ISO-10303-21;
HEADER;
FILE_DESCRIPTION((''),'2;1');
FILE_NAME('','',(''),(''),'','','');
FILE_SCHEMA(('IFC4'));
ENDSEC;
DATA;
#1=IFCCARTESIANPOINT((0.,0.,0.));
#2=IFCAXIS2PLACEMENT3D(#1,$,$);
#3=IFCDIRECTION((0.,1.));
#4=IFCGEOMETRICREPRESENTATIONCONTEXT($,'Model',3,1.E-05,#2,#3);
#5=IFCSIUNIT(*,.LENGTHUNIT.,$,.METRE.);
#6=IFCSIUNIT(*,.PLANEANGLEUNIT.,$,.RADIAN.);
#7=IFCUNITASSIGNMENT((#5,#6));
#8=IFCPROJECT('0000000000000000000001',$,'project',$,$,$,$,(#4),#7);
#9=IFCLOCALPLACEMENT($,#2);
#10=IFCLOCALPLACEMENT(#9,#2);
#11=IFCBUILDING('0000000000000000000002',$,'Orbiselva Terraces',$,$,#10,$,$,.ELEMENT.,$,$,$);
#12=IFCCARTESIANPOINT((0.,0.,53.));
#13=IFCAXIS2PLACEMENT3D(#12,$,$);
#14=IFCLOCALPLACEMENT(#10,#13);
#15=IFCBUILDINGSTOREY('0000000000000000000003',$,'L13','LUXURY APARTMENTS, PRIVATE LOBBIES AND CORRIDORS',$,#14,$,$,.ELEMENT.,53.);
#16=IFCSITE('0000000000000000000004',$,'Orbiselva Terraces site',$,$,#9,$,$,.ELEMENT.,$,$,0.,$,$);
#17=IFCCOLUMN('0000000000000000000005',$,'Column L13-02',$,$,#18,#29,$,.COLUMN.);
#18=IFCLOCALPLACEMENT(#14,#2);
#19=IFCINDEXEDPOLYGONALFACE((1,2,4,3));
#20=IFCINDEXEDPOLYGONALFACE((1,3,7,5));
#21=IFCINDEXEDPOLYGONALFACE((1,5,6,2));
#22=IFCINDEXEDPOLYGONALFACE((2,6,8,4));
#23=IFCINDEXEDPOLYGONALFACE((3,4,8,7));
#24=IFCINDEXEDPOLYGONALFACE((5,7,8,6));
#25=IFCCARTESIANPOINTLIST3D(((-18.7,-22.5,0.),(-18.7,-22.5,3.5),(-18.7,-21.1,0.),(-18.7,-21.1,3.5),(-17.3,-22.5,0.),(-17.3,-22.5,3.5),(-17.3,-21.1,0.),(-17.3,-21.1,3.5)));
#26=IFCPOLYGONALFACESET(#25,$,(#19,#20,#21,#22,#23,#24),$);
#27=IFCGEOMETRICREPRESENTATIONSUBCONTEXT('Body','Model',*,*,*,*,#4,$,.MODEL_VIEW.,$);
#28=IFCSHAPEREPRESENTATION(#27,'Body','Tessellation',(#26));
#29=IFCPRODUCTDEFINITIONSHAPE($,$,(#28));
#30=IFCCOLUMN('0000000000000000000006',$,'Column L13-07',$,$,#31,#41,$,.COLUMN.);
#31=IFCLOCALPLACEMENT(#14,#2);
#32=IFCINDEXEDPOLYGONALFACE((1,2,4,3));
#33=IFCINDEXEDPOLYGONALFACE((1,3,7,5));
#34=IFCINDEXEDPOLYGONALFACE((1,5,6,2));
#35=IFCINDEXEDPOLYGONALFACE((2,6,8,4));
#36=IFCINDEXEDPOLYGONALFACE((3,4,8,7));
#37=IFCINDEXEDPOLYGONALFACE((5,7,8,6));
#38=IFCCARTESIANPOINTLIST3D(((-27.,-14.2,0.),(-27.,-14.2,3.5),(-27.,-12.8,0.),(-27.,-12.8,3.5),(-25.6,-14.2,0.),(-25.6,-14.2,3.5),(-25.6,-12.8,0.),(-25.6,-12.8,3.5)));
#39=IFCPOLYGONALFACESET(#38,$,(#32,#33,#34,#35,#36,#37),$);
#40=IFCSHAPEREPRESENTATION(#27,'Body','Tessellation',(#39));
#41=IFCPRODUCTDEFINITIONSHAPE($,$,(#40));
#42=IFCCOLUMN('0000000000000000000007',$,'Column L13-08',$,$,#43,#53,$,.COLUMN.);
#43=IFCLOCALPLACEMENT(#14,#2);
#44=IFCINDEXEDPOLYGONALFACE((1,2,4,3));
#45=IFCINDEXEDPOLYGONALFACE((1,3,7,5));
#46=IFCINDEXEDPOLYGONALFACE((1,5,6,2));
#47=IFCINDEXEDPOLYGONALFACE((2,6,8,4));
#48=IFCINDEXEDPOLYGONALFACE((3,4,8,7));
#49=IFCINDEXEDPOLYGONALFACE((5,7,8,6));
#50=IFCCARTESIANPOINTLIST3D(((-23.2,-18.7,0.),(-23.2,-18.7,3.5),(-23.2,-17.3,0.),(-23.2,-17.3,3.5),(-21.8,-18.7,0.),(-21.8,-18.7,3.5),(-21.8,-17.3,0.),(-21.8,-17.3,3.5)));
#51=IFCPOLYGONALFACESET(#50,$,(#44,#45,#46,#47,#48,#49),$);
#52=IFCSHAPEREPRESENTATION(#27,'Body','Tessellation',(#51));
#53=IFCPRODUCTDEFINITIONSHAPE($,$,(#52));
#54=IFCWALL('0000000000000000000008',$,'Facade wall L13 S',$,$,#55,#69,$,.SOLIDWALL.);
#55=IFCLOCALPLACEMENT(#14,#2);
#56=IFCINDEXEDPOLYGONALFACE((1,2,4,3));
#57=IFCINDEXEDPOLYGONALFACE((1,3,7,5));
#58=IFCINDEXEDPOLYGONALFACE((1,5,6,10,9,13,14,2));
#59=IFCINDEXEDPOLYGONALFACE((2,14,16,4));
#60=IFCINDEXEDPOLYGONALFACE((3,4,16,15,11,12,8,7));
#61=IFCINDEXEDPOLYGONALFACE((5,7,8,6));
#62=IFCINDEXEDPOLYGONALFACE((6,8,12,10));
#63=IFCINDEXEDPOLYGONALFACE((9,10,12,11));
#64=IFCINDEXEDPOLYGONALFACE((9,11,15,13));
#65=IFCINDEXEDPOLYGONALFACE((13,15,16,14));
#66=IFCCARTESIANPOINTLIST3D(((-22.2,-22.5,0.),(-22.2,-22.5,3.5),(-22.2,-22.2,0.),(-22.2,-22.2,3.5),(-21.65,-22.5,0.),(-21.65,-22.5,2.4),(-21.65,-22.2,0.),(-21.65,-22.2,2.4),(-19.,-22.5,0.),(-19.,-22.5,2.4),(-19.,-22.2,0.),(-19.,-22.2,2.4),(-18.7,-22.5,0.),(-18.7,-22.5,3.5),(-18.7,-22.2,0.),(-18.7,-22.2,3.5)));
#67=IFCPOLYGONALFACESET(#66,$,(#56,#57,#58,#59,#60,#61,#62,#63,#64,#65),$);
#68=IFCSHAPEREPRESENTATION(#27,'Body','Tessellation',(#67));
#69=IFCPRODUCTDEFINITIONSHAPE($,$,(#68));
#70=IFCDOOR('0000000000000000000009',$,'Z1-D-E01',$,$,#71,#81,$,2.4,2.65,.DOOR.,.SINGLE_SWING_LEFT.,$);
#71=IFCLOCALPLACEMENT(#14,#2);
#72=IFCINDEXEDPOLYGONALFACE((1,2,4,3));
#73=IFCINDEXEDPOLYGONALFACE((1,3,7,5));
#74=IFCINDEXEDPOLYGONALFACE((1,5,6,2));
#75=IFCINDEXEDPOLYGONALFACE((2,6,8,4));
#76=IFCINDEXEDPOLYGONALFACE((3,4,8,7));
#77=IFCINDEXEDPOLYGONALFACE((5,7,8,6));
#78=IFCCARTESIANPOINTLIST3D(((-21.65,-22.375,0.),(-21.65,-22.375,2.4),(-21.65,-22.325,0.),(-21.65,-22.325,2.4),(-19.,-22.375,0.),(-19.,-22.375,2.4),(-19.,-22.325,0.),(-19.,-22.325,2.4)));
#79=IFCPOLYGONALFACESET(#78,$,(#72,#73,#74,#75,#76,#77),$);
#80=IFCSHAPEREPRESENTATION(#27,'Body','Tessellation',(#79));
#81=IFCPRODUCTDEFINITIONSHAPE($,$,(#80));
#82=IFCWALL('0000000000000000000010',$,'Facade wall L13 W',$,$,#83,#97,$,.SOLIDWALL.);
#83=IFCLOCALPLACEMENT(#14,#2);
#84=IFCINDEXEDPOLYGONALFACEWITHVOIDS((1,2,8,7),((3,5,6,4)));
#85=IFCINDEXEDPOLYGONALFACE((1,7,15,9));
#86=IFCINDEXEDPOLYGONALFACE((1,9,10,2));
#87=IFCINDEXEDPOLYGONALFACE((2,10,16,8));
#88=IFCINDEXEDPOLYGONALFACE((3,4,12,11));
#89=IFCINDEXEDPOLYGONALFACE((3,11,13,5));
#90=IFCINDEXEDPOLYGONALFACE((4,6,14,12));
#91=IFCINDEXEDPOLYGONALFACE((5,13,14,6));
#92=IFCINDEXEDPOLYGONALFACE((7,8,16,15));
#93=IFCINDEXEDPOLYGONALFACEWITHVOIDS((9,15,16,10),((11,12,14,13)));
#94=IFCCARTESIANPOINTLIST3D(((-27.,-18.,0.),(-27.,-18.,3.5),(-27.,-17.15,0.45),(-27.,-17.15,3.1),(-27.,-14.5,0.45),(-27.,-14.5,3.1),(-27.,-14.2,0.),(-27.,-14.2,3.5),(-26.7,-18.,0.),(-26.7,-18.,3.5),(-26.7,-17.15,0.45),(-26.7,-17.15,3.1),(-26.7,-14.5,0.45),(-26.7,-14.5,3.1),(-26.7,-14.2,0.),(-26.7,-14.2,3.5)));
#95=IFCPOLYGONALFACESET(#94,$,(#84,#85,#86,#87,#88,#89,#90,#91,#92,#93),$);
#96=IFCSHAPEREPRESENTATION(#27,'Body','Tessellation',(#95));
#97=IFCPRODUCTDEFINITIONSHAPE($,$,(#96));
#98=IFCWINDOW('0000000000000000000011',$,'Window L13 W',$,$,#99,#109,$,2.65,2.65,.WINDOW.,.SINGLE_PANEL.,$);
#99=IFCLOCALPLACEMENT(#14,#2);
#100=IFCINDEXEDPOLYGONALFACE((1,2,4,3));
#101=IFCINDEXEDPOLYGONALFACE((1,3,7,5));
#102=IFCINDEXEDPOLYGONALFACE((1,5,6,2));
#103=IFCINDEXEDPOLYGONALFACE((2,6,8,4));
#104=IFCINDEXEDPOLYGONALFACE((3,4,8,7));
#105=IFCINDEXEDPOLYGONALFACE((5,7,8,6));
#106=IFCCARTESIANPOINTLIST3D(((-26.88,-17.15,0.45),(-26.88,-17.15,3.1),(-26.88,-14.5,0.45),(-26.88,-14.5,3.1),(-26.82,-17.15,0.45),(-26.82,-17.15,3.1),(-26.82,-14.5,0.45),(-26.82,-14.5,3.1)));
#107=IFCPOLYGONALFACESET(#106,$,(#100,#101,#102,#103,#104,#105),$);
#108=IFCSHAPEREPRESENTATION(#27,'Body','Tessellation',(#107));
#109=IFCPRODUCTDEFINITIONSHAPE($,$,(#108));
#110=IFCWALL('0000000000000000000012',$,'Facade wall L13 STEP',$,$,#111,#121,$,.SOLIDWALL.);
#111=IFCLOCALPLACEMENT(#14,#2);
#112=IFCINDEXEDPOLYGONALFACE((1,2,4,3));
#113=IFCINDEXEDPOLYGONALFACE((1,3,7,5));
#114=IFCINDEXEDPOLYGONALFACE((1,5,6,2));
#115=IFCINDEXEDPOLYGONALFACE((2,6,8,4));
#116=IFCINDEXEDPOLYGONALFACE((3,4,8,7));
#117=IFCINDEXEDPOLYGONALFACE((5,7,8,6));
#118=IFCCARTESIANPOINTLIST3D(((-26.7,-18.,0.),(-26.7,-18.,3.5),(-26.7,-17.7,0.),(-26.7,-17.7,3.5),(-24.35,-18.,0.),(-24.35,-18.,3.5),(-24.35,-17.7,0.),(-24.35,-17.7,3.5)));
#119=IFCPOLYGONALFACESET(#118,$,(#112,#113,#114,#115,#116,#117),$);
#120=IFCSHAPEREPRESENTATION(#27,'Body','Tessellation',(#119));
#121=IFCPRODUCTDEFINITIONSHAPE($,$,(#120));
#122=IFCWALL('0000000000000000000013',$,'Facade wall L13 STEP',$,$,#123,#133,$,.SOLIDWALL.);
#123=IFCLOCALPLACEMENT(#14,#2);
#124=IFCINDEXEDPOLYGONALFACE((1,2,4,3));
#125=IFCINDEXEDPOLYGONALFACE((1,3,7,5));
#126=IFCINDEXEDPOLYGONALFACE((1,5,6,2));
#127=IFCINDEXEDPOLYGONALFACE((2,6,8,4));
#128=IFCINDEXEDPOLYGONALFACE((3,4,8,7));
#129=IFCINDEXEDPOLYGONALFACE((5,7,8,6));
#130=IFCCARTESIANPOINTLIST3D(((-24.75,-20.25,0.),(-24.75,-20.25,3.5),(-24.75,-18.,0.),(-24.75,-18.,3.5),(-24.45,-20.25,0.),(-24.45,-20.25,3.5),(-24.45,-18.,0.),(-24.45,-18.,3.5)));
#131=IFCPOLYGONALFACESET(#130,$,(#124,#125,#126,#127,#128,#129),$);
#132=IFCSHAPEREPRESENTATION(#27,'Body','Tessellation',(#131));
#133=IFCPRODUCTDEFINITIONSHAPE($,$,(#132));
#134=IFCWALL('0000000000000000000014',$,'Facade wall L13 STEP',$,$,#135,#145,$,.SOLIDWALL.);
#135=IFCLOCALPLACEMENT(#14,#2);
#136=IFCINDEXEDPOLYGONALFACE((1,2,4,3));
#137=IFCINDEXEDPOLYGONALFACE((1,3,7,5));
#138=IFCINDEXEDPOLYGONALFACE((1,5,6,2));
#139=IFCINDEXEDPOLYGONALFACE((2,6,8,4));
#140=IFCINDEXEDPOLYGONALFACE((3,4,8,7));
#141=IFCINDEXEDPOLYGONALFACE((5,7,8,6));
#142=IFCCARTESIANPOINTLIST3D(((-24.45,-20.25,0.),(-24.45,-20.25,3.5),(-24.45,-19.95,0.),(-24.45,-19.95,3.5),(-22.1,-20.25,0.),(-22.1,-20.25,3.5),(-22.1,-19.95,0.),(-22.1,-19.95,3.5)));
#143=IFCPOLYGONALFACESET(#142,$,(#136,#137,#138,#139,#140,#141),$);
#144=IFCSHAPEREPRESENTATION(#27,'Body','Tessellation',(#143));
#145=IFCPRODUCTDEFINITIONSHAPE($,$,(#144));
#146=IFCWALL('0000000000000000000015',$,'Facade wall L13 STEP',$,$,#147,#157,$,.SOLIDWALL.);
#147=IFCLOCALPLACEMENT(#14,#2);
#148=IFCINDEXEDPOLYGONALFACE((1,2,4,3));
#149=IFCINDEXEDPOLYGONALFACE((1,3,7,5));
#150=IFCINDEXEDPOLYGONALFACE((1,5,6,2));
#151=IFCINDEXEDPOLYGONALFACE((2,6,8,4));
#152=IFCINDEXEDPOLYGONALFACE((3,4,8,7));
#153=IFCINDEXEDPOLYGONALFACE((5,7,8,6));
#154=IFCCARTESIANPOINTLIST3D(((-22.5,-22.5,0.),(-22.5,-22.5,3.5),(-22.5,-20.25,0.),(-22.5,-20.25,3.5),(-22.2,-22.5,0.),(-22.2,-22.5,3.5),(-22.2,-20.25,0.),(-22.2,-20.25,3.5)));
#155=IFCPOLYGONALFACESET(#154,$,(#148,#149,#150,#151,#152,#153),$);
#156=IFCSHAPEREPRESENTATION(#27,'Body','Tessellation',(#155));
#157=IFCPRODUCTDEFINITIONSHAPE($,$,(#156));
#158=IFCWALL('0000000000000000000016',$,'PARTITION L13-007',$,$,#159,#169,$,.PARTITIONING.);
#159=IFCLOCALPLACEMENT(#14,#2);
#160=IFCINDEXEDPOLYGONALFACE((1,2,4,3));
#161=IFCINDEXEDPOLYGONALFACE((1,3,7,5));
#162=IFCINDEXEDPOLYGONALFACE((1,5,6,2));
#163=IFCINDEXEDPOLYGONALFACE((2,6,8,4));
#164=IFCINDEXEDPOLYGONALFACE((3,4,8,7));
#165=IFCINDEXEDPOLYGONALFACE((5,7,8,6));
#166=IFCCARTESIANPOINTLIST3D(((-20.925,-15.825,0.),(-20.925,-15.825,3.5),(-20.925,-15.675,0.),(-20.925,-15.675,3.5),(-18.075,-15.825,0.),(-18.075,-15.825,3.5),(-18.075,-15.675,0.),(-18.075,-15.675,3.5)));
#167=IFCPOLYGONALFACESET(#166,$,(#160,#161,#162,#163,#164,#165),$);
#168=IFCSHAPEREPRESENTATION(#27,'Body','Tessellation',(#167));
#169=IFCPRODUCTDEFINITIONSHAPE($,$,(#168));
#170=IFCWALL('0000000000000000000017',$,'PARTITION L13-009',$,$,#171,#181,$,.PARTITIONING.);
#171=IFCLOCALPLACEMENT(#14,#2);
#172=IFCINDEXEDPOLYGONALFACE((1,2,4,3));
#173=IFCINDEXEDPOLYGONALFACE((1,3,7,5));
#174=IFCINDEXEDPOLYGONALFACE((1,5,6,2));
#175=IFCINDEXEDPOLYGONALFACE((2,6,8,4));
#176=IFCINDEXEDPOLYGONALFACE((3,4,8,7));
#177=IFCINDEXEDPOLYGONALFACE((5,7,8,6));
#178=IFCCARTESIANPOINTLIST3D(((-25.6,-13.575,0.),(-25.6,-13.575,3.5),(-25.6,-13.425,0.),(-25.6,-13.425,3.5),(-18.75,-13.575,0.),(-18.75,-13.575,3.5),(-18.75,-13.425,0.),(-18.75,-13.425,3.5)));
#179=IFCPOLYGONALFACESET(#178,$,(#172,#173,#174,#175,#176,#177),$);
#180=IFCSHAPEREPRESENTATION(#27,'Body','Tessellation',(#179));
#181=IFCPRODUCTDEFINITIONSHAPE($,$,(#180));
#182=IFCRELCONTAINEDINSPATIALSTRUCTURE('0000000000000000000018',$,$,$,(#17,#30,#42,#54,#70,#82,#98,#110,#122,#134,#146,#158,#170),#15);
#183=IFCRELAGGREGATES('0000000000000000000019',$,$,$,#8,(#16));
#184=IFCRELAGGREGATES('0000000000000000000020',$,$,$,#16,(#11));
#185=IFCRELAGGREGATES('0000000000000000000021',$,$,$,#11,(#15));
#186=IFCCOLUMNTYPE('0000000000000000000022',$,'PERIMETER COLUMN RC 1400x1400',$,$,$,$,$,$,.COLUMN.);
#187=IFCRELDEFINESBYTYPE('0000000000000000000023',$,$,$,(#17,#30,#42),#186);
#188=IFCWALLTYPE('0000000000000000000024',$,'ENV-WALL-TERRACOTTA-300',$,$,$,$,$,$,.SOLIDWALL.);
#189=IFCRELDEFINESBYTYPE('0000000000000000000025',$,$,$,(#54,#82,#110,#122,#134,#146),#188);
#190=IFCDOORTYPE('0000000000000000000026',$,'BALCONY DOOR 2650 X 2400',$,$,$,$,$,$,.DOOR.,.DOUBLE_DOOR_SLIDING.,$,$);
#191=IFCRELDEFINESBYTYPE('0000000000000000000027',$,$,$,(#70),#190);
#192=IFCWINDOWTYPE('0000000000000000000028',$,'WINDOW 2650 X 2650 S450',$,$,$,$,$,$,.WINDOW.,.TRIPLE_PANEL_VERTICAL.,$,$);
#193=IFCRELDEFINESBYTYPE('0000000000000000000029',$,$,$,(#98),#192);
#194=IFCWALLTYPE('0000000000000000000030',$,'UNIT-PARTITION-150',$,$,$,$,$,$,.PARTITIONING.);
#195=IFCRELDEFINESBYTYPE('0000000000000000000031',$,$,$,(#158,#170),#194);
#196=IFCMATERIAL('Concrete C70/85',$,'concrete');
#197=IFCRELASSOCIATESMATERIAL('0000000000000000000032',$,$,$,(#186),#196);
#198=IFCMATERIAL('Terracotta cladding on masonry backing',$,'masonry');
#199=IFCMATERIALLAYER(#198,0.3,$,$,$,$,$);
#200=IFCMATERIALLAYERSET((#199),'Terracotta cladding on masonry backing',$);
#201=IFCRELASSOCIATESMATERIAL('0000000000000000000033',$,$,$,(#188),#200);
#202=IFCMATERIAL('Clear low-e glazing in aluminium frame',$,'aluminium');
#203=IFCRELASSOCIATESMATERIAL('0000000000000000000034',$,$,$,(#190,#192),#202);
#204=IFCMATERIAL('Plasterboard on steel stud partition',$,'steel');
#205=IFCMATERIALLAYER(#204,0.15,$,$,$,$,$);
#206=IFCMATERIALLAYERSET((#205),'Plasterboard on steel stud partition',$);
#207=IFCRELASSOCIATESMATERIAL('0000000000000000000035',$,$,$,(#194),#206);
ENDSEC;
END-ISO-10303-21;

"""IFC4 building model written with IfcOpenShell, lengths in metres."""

from ifc_helpers import new_model, si_unit, direction, frame, frame_2d, origin, origin_2d, place, context, subcontext, project, spatial, rectangle, extrude, material, layer, layer_set, material_profile, profile_set, type_object, element, fill, save


model = new_model("IFC4")

# Units and contexts
model_context = context("Model", 3, precision=1e-05, world=origin(), true_north=direction((0.0, 1.0)))
body_context = subcontext(model_context, "Body", "Model", "MODEL_VIEW")
ifc_project = project(units=[si_unit("LENGTHUNIT", "METRE"), si_unit("PLANEANGLEUNIT", "RADIAN")], contexts=[model_context])

# Site, building, storey
site_placement = place(None, origin())
site = spatial("IfcSite", under=ifc_project, at=site_placement, Name="Orbiselva Terraces site", CompositionType="ELEMENT", RefElevation=0.0)
building_placement = place(site_placement, origin())
building = spatial("IfcBuilding", under=site, at=building_placement, Name="Orbiselva Terraces", CompositionType="ELEMENT")
storey_placement = place(building_placement, frame((0.0, 0.0, 53.0)))
storey = spatial("IfcBuildingStorey", under=building, at=storey_placement, Name="L13", Description="LUXURY APARTMENTS, PRIVATE LOBBIES AND CORRIDORS", CompositionType="ELEMENT", Elevation=53.0)

# Columns
ifc_material_1 = material(Name="Concrete C70/85", Category="concrete")
ifc_material_profile = material_profile(ifc_material_1, rectangle(XDim=1.4, YDim=1.4, at=origin_2d()), Name="RC 1400x1400")
ifc_profile_set = profile_set([ifc_material_profile], Name="Concrete C70/85")
column_type = type_object("IfcColumnType", Name="PERIMETER COLUMN RC 1400x1400", PredefinedType="COLUMN", material=ifc_profile_set)
for number, where, z_axis, x_axis, name in (
    (1, (-18.0, -21.8, 0.0), (0.0, 0.0, 1.0), (1.0, 0.0, 0.0), "Column L13-02"),
    (2, (-26.3, -13.5, 0.0), (0.0, 0.0, 1.0), (1.0, 0.0, 0.0), "Column L13-07"),
    (3, (-22.5, -18.0, 0.0), (0.0, 0.0, 1.0), (1.0, 0.0, 0.0), "Column L13-08"),
):
    element("IfcColumn", number, at=place(storey_placement, frame(where, z_axis=z_axis, x_axis=x_axis)), inside=storey, type_object=column_type, Name=name, PredefinedType="COLUMN", context=body_context, shape_type="SweptSolid", body=[
        extrude(rectangle(XDim=1.4, YDim=1.4, at=origin_2d()), origin(), (0.0, 0.0, 1.0), 3.5),
    ])

# Wall, opening, door
ifc_material_2 = material(Name="Terracotta cladding on masonry backing", Category="masonry")
ifc_layer_1 = layer(ifc_material_2, 0.3)
ifc_layer_set_1 = layer_set([ifc_layer_1], Name="Terracotta cladding on masonry backing")
wall_type_1 = type_object("IfcWallType", Name="ENV-WALL-TERRACOTTA-300", PredefinedType="SOLIDWALL", material=ifc_layer_set_1)
wall_1_placement = place(storey_placement, frame((-18.7, -22.35, 0.0), z_axis=(0.0, 0.0, 1.0), x_axis=(-1.0, 0.0, 0.0)))
wall_1 = element("IfcWall", 4, at=wall_1_placement, inside=storey, type_object=wall_type_1, Name="Facade wall L13 S", PredefinedType="SOLIDWALL", context=body_context, shape_type="SweptSolid", body=[
    extrude(rectangle(XDim=3.5, YDim=0.3, at=frame_2d((1.75, 0.0))), origin(), (0.0, 0.0, 1.0), 3.5),
])
opening_1_placement = place(wall_1_placement, frame((0.3, 0.0, 0.0)))
opening_1 = element("IfcOpeningElement", 5, at=opening_1_placement, cuts=wall_1, PredefinedType="OPENING", context=body_context, shape_type="SweptSolid", body=[
    extrude(rectangle(XDim=2.65, YDim=2.4, at=frame_2d((1.325, 1.2))), frame((0.0, 0.16, 0.0), z_axis=(0.0, -1.0, 0.0), x_axis=(1.0, 0.0, 0.0)), (0.0, 0.0, 1.0), 0.32),
])
ifc_material_3 = material(Name="Clear low-e glazing in aluminium frame", Category="aluminium")
door_type_1 = type_object("IfcDoorType", Name="BALCONY DOOR 2650 X 2400", OperationType="DOUBLE_DOOR_SLIDING", PredefinedType="DOOR", material=ifc_material_3)
door_1_placement = place(opening_1_placement, origin())
door_1 = element("IfcDoor", 6, at=door_1_placement, inside=storey, type_object=door_type_1, Name="Z1-D-E01", OperationType="SINGLE_SWING_LEFT", OverallHeight=2.4, OverallWidth=2.65, PredefinedType="DOOR", context=body_context, shape_type="SweptSolid", body=[
    extrude(rectangle(XDim=2.65, YDim=2.4, at=frame_2d((1.325, 1.2))), frame((0.0, 0.025, 0.0), z_axis=(0.0, -1.0, 0.0), x_axis=(1.0, 0.0, 0.0)), (0.0, 0.0, 1.0), 0.05),
])
fill(opening_1, door_1)

# Wall, opening, window
wall_2_placement = place(storey_placement, frame((-26.85, -18.0, 0.0), z_axis=(0.0, 0.0, 1.0), x_axis=(0.0, 1.0, 0.0)))
wall_2 = element("IfcWall", 7, at=wall_2_placement, inside=storey, type_object=wall_type_1, Name="Facade wall L13 W", PredefinedType="SOLIDWALL", context=body_context, shape_type="SweptSolid", body=[
    extrude(rectangle(XDim=3.8, YDim=0.3, at=frame_2d((1.9, 0.0))), origin(), (0.0, 0.0, 1.0), 3.5),
])
opening_2_placement = place(wall_2_placement, frame((0.85, 0.0, 0.45)))
opening_2 = element("IfcOpeningElement", 8, at=opening_2_placement, cuts=wall_2, PredefinedType="OPENING", context=body_context, shape_type="SweptSolid", body=[
    extrude(rectangle(XDim=2.65, YDim=2.65, at=frame_2d((1.325, 1.325))), frame((0.0, 0.16, 0.0), z_axis=(0.0, -1.0, 0.0), x_axis=(1.0, 0.0, 0.0)), (0.0, 0.0, 1.0), 0.32),
])
window_type = type_object("IfcWindowType", Name="WINDOW 2650 X 2650 S450", PartitioningType="TRIPLE_PANEL_VERTICAL", PredefinedType="WINDOW", material=ifc_material_3)
window_placement = place(opening_2_placement, origin())
window = element("IfcWindow", 9, at=window_placement, inside=storey, type_object=window_type, Name="Window L13 W", OverallHeight=2.65, OverallWidth=2.65, PartitioningType="SINGLE_PANEL", PredefinedType="WINDOW", context=body_context, shape_type="SweptSolid", body=[
    extrude(rectangle(XDim=2.65, YDim=2.65, at=frame_2d((1.325, 1.325))), frame((0.0, 0.03, 0.0), z_axis=(0.0, -1.0, 0.0), x_axis=(1.0, 0.0, 0.0)), (0.0, 0.0, 1.0), 0.06),
])
fill(opening_2, window)

# Walls
wall_3_placement = place(storey_placement, frame((-24.35, -17.85, 0.0), z_axis=(0.0, 0.0, 1.0), x_axis=(-1.0, 0.0, 0.0)))
element("IfcWall", 10, at=wall_3_placement, inside=storey, type_object=wall_type_1, Name="Facade wall L13 STEP", PredefinedType="SOLIDWALL", context=body_context, shape_type="SweptSolid", body=[
    extrude(rectangle(XDim=2.35, YDim=0.3, at=frame_2d((1.175, 0.0))), origin(), (0.0, 0.0, 1.0), 3.5),
])
wall_4_placement = place(storey_placement, frame((-24.6, -20.25, 0.0), z_axis=(0.0, 0.0, 1.0), x_axis=(0.0, 1.0, 0.0)))
element("IfcWall", 11, at=wall_4_placement, inside=storey, type_object=wall_type_1, Name="Facade wall L13 STEP", PredefinedType="SOLIDWALL", context=body_context, shape_type="SweptSolid", body=[
    extrude(rectangle(XDim=2.25, YDim=0.3, at=frame_2d((1.125, 0.0))), origin(), (0.0, 0.0, 1.0), 3.5),
])
wall_5_placement = place(storey_placement, frame((-22.1, -20.1, 0.0), z_axis=(0.0, 0.0, 1.0), x_axis=(-1.0, 0.0, 0.0)))
element("IfcWall", 12, at=wall_5_placement, inside=storey, type_object=wall_type_1, Name="Facade wall L13 STEP", PredefinedType="SOLIDWALL", context=body_context, shape_type="SweptSolid", body=[
    extrude(rectangle(XDim=2.35, YDim=0.3, at=frame_2d((1.175, 0.0))), origin(), (0.0, 0.0, 1.0), 3.5),
])
wall_6_placement = place(storey_placement, frame((-22.35, -22.5, 0.0), z_axis=(0.0, 0.0, 1.0), x_axis=(0.0, 1.0, 0.0)))
element("IfcWall", 13, at=wall_6_placement, inside=storey, type_object=wall_type_1, Name="Facade wall L13 STEP", PredefinedType="SOLIDWALL", context=body_context, shape_type="SweptSolid", body=[
    extrude(rectangle(XDim=2.25, YDim=0.3, at=frame_2d((1.125, 0.0))), origin(), (0.0, 0.0, 1.0), 3.5),
])
ifc_material_4 = material(Name="Plasterboard on steel stud partition", Category="steel")
ifc_layer_2 = layer(ifc_material_4, 0.15)
ifc_layer_set_2 = layer_set([ifc_layer_2], Name="Plasterboard on steel stud partition")
wall_type_2 = type_object("IfcWallType", Name="UNIT-PARTITION-150", PredefinedType="PARTITIONING", material=ifc_layer_set_2)
wall_7_placement = place(storey_placement, frame((-20.925, -15.75, 0.0), z_axis=(0.0, 0.0, 1.0), x_axis=(1.0, 0.0, 0.0)))
element("IfcWall", 14, at=wall_7_placement, inside=storey, type_object=wall_type_2, Name="PARTITION L13-007", PredefinedType="PARTITIONING", context=body_context, shape_type="SweptSolid", body=[
    extrude(rectangle(XDim=2.85, YDim=0.15, at=frame_2d((1.425, 0.0))), origin(), (0.0, 0.0, 1.0), 3.5),
])
wall_8_placement = place(storey_placement, frame((-25.6, -13.5, 0.0), z_axis=(0.0, 0.0, 1.0), x_axis=(1.0, 0.0, 0.0)))
element("IfcWall", 15, at=wall_8_placement, inside=storey, type_object=wall_type_2, Name="PARTITION L13-009", PredefinedType="PARTITIONING", context=body_context, shape_type="SweptSolid", body=[
    extrude(rectangle(XDim=6.85, YDim=0.15, at=frame_2d((3.425, 0.0))), origin(), (0.0, 0.0, 1.0), 3.5),
])

save(model, "model.ifc")
